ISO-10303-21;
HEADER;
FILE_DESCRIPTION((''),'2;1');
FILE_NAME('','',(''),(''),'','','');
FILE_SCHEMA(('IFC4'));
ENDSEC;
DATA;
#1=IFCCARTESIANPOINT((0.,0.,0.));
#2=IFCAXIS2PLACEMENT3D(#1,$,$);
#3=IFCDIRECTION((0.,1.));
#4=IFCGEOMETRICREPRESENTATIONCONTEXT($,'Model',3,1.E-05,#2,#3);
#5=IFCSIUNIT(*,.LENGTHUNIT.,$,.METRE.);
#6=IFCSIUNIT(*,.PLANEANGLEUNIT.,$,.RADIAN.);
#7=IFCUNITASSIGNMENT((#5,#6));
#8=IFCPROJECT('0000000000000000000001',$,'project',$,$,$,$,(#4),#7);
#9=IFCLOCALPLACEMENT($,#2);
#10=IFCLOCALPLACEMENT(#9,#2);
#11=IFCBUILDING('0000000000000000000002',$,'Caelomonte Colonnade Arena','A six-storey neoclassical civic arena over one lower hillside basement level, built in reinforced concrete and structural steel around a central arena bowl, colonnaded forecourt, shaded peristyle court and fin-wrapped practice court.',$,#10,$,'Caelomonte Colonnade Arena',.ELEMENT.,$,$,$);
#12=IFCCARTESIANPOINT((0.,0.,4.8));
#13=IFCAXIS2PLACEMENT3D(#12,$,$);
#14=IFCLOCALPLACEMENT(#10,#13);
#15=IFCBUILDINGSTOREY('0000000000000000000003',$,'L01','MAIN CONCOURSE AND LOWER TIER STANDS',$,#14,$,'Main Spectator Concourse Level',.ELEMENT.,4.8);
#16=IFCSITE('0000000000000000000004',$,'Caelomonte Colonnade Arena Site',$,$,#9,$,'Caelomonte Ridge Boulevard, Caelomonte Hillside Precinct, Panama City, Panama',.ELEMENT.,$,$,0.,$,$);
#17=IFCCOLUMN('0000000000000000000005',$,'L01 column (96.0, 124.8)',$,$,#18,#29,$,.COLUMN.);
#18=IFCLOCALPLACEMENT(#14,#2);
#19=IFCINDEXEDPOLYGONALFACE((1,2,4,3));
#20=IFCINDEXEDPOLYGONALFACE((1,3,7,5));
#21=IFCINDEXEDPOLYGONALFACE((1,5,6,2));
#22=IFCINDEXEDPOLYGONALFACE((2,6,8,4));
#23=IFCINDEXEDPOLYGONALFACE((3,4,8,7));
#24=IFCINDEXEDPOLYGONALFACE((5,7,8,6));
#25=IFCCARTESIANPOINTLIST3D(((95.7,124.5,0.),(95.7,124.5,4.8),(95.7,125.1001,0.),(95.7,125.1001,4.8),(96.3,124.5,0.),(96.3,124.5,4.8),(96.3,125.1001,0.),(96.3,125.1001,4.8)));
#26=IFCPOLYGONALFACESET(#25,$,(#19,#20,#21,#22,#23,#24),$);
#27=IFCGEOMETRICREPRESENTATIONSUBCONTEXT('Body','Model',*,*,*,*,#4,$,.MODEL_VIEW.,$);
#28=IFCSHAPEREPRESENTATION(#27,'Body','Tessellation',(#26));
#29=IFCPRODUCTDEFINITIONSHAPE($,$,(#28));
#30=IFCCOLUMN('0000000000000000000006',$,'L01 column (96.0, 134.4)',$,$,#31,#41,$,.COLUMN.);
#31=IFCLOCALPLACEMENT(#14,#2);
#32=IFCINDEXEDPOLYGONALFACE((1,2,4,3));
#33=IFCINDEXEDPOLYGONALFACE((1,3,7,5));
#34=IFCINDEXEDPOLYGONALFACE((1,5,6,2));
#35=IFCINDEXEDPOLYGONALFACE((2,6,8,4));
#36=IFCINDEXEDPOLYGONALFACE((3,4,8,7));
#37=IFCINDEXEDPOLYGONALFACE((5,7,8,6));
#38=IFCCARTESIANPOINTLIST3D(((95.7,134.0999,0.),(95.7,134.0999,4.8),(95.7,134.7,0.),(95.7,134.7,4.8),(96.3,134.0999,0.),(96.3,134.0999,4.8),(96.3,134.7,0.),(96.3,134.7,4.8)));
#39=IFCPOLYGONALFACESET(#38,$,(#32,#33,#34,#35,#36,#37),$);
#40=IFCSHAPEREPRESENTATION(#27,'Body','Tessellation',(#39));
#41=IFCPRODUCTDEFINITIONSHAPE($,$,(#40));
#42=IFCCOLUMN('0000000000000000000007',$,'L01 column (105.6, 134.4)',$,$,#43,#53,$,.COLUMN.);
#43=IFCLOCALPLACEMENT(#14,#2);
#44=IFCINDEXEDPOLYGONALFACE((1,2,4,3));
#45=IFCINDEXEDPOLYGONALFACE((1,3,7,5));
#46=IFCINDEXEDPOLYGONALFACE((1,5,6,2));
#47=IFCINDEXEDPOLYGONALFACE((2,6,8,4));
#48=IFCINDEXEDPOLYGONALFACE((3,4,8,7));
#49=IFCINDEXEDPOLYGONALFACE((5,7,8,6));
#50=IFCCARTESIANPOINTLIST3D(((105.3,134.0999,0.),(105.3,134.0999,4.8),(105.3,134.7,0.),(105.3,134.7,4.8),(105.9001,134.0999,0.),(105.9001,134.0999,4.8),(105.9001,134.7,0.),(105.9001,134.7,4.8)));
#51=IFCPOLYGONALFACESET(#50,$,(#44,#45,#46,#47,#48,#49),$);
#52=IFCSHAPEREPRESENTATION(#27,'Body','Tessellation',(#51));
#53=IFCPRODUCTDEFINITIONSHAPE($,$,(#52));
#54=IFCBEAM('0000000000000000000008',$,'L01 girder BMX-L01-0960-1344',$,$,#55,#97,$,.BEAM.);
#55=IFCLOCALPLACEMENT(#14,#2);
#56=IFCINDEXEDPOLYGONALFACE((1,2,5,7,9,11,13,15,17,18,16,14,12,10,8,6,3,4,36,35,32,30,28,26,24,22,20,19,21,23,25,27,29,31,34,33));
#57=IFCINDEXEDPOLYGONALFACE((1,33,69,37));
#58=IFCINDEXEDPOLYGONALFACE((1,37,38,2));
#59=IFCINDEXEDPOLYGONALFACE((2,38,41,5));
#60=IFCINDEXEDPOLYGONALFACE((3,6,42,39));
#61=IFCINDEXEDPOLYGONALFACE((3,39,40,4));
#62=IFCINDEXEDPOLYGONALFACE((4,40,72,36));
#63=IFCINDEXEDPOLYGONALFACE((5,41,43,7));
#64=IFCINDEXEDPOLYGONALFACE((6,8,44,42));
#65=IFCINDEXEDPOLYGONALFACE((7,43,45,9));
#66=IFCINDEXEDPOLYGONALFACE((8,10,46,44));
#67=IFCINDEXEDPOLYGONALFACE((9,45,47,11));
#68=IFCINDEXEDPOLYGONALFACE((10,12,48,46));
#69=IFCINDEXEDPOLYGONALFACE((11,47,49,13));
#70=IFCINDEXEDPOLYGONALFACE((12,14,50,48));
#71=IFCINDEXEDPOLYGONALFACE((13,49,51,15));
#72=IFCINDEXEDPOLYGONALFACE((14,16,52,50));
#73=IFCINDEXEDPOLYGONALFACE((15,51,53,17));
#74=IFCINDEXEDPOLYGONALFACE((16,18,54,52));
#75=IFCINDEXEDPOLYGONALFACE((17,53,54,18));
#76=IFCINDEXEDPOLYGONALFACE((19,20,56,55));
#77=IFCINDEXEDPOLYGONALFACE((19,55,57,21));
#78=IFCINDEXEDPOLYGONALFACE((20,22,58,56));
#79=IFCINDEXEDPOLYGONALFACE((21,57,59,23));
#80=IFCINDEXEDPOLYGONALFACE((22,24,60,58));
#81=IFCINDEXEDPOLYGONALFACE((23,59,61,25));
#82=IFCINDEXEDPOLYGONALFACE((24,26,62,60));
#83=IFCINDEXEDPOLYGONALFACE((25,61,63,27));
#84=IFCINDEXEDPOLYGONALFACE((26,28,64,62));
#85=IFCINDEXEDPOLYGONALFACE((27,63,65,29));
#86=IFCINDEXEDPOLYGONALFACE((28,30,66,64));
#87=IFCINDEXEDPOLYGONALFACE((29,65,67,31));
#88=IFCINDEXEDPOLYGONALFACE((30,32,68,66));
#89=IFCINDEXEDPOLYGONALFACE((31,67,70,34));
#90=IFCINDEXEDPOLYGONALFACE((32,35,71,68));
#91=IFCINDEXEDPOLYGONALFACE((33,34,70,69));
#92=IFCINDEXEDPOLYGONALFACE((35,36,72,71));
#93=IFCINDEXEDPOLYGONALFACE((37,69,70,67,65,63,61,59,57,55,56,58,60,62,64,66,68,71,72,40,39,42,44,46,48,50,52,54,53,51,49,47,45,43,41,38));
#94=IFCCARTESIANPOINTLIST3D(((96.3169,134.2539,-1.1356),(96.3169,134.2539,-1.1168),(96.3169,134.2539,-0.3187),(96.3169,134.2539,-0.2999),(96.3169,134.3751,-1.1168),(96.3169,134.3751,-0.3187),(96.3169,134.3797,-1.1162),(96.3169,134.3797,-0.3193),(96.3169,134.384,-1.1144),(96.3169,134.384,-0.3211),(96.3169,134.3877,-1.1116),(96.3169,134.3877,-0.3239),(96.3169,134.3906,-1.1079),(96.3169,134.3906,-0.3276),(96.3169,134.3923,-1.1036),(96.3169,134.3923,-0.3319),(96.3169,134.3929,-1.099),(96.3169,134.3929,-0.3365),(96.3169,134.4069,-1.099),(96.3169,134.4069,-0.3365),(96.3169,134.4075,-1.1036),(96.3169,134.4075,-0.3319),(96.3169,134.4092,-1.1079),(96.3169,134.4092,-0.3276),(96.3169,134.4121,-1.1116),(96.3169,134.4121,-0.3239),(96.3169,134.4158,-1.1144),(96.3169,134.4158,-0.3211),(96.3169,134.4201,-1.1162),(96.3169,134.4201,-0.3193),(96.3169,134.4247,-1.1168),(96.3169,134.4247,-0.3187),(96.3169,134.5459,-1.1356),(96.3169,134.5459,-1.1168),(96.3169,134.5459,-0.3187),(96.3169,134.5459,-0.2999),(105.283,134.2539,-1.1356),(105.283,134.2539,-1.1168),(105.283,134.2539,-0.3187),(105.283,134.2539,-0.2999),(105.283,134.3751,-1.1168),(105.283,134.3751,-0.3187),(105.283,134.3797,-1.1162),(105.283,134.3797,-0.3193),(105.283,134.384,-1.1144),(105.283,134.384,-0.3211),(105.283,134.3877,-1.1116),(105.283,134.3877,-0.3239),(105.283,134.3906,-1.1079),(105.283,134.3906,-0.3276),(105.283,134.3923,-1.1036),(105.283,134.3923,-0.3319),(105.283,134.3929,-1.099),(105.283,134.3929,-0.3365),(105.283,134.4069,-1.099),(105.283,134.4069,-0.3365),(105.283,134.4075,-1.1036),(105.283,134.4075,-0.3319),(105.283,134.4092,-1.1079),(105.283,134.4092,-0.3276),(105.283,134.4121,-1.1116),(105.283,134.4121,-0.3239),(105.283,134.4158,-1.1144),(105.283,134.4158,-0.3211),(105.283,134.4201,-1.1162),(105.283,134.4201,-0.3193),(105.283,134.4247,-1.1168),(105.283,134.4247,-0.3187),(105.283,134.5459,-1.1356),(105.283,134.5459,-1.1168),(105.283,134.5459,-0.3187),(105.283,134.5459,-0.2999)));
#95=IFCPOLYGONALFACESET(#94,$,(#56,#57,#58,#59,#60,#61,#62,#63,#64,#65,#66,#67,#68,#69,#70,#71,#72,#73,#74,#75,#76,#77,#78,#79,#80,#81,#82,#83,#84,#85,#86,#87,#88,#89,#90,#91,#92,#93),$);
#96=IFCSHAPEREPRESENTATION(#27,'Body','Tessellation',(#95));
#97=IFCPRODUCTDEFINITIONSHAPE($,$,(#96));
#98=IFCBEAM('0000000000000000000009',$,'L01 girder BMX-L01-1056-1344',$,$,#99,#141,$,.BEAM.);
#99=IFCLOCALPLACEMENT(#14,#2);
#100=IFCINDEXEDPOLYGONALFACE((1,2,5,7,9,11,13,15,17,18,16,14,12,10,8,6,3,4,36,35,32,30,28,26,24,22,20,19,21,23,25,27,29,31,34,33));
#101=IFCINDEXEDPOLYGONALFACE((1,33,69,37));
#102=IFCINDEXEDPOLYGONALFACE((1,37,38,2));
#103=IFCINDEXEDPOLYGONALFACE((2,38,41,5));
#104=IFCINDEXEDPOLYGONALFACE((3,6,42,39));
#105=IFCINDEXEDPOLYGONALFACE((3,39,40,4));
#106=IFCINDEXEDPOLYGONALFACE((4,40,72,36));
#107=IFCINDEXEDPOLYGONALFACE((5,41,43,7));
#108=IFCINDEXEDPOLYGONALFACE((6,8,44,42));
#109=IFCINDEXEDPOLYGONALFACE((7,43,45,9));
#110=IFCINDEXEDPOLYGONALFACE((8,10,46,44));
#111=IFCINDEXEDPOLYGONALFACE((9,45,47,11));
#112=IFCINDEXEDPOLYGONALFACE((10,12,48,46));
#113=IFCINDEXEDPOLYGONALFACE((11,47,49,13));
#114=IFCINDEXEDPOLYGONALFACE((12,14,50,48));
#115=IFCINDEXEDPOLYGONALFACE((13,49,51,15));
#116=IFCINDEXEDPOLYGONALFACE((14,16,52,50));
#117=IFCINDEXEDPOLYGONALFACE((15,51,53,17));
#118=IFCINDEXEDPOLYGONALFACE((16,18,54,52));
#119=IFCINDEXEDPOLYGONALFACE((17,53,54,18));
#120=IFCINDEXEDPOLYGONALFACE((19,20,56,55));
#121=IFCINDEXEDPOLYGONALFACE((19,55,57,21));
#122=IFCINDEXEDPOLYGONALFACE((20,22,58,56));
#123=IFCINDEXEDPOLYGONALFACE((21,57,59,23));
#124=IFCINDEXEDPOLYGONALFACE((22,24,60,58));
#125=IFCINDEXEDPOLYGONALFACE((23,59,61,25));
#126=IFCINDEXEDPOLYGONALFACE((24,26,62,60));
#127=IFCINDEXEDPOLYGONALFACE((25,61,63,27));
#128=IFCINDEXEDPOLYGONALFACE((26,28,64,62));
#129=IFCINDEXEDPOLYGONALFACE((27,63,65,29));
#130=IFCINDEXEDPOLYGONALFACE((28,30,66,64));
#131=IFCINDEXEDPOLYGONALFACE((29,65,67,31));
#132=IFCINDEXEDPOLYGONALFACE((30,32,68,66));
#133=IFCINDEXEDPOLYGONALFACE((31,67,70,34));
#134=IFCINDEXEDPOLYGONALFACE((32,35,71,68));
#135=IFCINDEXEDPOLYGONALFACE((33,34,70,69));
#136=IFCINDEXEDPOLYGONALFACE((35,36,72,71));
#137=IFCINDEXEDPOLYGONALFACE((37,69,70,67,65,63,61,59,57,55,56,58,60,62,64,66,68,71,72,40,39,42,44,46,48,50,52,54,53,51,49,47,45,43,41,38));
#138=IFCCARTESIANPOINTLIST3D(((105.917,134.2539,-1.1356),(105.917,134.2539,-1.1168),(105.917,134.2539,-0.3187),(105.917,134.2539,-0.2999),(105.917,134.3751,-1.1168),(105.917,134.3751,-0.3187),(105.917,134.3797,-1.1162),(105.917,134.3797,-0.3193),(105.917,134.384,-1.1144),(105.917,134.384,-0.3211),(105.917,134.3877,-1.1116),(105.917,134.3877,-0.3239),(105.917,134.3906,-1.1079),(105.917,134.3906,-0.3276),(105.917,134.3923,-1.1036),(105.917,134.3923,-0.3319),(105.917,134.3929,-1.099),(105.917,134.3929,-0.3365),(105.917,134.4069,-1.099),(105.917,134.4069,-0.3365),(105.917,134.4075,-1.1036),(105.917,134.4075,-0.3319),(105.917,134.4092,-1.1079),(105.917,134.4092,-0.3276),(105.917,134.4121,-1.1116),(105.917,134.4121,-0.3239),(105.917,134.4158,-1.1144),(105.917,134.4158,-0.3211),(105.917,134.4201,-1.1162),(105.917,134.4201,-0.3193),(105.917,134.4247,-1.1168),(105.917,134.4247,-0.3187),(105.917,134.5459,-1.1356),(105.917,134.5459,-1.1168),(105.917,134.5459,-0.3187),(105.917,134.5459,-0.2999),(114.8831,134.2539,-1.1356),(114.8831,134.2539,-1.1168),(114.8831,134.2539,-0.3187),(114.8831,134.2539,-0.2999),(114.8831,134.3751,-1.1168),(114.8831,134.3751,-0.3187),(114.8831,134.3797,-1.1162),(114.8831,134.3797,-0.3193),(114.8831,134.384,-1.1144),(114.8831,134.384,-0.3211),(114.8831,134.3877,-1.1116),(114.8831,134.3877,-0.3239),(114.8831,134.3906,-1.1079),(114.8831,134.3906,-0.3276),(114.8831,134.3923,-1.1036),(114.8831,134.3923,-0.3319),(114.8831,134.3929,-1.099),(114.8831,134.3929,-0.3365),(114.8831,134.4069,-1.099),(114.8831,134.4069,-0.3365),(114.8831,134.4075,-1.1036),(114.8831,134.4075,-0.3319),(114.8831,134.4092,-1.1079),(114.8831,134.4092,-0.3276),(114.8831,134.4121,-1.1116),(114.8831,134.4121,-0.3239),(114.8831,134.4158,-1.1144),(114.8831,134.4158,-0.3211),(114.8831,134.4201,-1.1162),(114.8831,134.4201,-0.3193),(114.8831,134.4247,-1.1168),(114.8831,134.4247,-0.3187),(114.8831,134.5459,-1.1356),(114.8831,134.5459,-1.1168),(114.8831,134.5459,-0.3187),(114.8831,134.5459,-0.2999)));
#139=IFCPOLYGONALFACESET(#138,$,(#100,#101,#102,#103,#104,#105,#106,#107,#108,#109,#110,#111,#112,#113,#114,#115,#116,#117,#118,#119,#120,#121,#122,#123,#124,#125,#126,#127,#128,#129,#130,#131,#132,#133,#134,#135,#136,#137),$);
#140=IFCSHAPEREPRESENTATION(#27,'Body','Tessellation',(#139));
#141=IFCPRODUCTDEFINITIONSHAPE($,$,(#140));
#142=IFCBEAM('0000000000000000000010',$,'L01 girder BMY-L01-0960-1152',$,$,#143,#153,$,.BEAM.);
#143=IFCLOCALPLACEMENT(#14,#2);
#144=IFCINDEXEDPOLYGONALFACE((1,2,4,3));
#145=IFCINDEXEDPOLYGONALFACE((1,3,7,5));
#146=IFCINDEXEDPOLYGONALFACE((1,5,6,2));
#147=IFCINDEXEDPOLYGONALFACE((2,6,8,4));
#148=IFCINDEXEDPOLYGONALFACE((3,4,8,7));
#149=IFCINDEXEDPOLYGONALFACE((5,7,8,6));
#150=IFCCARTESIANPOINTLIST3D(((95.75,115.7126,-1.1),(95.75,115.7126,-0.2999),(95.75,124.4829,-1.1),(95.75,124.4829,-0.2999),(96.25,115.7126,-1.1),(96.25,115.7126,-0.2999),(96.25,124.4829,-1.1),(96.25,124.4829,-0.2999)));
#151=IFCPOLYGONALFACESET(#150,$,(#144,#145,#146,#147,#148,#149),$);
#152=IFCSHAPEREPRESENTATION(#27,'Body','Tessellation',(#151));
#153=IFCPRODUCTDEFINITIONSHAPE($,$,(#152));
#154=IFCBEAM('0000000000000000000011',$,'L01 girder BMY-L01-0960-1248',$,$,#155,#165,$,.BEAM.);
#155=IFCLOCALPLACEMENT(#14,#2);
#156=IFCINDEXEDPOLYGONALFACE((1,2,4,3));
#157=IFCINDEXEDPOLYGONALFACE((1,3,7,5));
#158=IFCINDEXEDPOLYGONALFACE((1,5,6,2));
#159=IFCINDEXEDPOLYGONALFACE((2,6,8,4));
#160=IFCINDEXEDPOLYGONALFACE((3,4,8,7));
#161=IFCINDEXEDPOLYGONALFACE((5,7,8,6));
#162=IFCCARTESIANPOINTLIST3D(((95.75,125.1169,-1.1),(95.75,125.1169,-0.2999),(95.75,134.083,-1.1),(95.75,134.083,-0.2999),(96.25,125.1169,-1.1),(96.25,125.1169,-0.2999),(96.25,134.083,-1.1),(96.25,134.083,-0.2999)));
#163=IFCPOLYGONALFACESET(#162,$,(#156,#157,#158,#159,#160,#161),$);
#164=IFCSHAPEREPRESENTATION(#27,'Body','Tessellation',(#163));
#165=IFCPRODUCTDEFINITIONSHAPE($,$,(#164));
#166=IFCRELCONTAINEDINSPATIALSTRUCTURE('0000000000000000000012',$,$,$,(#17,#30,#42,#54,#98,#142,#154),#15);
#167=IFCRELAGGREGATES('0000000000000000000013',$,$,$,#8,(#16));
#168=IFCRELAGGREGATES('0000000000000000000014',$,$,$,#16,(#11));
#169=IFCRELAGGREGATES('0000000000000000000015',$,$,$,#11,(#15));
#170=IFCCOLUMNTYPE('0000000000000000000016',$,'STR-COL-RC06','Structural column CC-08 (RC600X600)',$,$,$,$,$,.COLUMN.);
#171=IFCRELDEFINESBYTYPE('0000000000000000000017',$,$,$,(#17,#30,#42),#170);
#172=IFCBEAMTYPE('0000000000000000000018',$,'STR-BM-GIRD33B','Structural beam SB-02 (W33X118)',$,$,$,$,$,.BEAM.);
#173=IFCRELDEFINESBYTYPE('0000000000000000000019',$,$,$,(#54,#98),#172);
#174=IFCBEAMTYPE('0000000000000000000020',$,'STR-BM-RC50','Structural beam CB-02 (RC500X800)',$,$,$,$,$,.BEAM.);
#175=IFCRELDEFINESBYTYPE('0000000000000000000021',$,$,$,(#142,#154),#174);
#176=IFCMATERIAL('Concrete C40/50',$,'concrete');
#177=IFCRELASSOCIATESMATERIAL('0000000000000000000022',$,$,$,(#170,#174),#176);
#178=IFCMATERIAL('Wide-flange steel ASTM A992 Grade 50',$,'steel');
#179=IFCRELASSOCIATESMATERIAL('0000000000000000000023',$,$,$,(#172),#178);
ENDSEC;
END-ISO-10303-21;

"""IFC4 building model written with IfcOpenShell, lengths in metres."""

from ifc_helpers import new_model, si_unit, direction, frame, origin, origin_2d, place, context, subcontext, project, spatial, rectangle, i_section, extrude, material, material_profile, profile_set, type_object, element, save


model = new_model("IFC4")

# Units and contexts
model_context = context("Model", 3, precision=1e-05, world=origin(), true_north=direction((0.0, 1.0)))
body_context = subcontext(model_context, "Body", "Model", "MODEL_VIEW")
ifc_project = project(units=[si_unit("LENGTHUNIT", "METRE"), si_unit("PLANEANGLEUNIT", "RADIAN")], contexts=[model_context])

# Site, building, storey
site_placement = place(None, origin())
site = spatial("IfcSite", under=ifc_project, at=site_placement, Name="Caelomonte Colonnade Arena Site", LongName="Caelomonte Ridge Boulevard, Caelomonte Hillside Precinct, Panama City, Panama", CompositionType="ELEMENT", RefElevation=0.0)
building_placement = place(site_placement, origin())
building = spatial("IfcBuilding", under=site, at=building_placement, Name="Caelomonte Colonnade Arena", Description="A six-storey neoclassical civic arena over one lower hillside basement level, built in reinforced concrete and structural steel around a central arena bowl, colonnaded forecourt, shaded peristyle court and fin-wrapped practice court.", LongName="Caelomonte Colonnade Arena", CompositionType="ELEMENT")
storey_placement = place(building_placement, frame((0.0, 0.0, 4.8)))
storey = spatial("IfcBuildingStorey", under=building, at=storey_placement, Name="L01", Description="MAIN CONCOURSE AND LOWER TIER STANDS", LongName="Main Spectator Concourse Level", CompositionType="ELEMENT", Elevation=4.8)

# Columns
ifc_material_1 = material(Name="Concrete C40/50", Category="concrete")
ifc_material_profile_1 = material_profile(ifc_material_1, rectangle(XDim=0.6001, YDim=0.6001, at=origin_2d()), Name="RC600X600")
ifc_profile_set_1 = profile_set([ifc_material_profile_1], Name="Concrete C40/50")
column_type = type_object("IfcColumnType", Name="STR-COL-RC06", Description="Structural column CC-08 (RC600X600)", PredefinedType="COLUMN", material=ifc_profile_set_1)
for number, where, z_axis, x_axis, name in (
    (1, (96.0, 124.8, 0.0), (0.0, 0.0, 1.0), (1.0, 0.0, 0.0), "L01 column (96.0, 124.8)"),
    (2, (96.0, 134.3999, 0.0), (0.0, 0.0, 1.0), (1.0, 0.0, 0.0), "L01 column (96.0, 134.4)"),
    (3, (105.6001, 134.3999, 0.0), (0.0, 0.0, 1.0), (1.0, 0.0, 0.0), "L01 column (105.6, 134.4)"),
):
    element("IfcColumn", number, at=place(storey_placement, frame(where, z_axis=z_axis, x_axis=x_axis)), inside=storey, type_object=column_type, Name=name, PredefinedType="COLUMN", context=body_context, shape_type="SweptSolid", body=[
        extrude(rectangle(XDim=0.6001, YDim=0.6001, at=origin_2d()), origin(), (0.0, 0.0, 1.0), 4.8),
    ])

# Beams
ifc_material_2 = material(Name="Wide-flange steel ASTM A992 Grade 50", Category="steel")
ifc_material_profile_2 = material_profile(ifc_material_2, i_section(OverallWidth=0.292, OverallDepth=0.8357, WebThickness=0.0139, FlangeThickness=0.0188, FilletRadius=0.0178, at=origin_2d()), Name="W33X118")
ifc_profile_set_2 = profile_set([ifc_material_profile_2], Name="Wide-flange steel ASTM A992 Grade 50")
beam_type_1 = type_object("IfcBeamType", Name="STR-BM-GIRD33B", Description="Structural beam SB-02 (W33X118)", PredefinedType="BEAM", material=ifc_profile_set_2)
for number, where, z_axis, x_axis, name in (
    (4, (96.3169, 134.3999, -0.7178), (1.0, 0.0, 0.0), (0.0, 1.0, 0.0), "L01 girder BMX-L01-0960-1344"),
    (5, (105.917, 134.3999, -0.7178), (1.0, 0.0, 0.0), (0.0, 1.0, 0.0), "L01 girder BMX-L01-1056-1344"),
):
    element("IfcBeam", number, at=place(storey_placement, frame(where, z_axis=z_axis, x_axis=x_axis)), inside=storey, type_object=beam_type_1, Name=name, PredefinedType="BEAM", context=body_context, shape_type="SweptSolid", body=[
        extrude(i_section(OverallWidth=0.292, OverallDepth=0.8357, WebThickness=0.0139, FlangeThickness=0.0188, FilletRadius=0.0178, at=origin_2d()), origin(), (0.0, 0.0, 1.0), 8.9661),
    ])
ifc_material_profile_3 = material_profile(ifc_material_1, rectangle(XDim=0.5, YDim=0.8, at=origin_2d()), Name="RC500X800")
ifc_profile_set_3 = profile_set([ifc_material_profile_3], Name="Concrete C40/50")
beam_type_2 = type_object("IfcBeamType", Name="STR-BM-RC50", Description="Structural beam CB-02 (RC500X800)", PredefinedType="BEAM", material=ifc_profile_set_3)
beam_1_placement = place(storey_placement, frame((96.0, 115.7126, -0.7), z_axis=(0.0, 1.0, 0.0), x_axis=(-1.0, 0.0, 0.0)))
element("IfcBeam", 6, at=beam_1_placement, inside=storey, type_object=beam_type_2, Name="L01 girder BMY-L01-0960-1152", PredefinedType="BEAM", context=body_context, shape_type="SweptSolid", body=[
    extrude(rectangle(XDim=0.5, YDim=0.8, at=origin_2d()), origin(), (0.0, 0.0, 1.0), 8.7703),
])
beam_2_placement = place(storey_placement, frame((96.0, 125.1169, -0.7), z_axis=(0.0, 1.0, 0.0), x_axis=(-1.0, 0.0, 0.0)))
element("IfcBeam", 7, at=beam_2_placement, inside=storey, type_object=beam_type_2, Name="L01 girder BMY-L01-0960-1248", PredefinedType="BEAM", context=body_context, shape_type="SweptSolid", body=[
    extrude(rectangle(XDim=0.5, YDim=0.8, at=origin_2d()), origin(), (0.0, 0.0, 1.0), 8.9661),
])

save(model, "model.ifc")
